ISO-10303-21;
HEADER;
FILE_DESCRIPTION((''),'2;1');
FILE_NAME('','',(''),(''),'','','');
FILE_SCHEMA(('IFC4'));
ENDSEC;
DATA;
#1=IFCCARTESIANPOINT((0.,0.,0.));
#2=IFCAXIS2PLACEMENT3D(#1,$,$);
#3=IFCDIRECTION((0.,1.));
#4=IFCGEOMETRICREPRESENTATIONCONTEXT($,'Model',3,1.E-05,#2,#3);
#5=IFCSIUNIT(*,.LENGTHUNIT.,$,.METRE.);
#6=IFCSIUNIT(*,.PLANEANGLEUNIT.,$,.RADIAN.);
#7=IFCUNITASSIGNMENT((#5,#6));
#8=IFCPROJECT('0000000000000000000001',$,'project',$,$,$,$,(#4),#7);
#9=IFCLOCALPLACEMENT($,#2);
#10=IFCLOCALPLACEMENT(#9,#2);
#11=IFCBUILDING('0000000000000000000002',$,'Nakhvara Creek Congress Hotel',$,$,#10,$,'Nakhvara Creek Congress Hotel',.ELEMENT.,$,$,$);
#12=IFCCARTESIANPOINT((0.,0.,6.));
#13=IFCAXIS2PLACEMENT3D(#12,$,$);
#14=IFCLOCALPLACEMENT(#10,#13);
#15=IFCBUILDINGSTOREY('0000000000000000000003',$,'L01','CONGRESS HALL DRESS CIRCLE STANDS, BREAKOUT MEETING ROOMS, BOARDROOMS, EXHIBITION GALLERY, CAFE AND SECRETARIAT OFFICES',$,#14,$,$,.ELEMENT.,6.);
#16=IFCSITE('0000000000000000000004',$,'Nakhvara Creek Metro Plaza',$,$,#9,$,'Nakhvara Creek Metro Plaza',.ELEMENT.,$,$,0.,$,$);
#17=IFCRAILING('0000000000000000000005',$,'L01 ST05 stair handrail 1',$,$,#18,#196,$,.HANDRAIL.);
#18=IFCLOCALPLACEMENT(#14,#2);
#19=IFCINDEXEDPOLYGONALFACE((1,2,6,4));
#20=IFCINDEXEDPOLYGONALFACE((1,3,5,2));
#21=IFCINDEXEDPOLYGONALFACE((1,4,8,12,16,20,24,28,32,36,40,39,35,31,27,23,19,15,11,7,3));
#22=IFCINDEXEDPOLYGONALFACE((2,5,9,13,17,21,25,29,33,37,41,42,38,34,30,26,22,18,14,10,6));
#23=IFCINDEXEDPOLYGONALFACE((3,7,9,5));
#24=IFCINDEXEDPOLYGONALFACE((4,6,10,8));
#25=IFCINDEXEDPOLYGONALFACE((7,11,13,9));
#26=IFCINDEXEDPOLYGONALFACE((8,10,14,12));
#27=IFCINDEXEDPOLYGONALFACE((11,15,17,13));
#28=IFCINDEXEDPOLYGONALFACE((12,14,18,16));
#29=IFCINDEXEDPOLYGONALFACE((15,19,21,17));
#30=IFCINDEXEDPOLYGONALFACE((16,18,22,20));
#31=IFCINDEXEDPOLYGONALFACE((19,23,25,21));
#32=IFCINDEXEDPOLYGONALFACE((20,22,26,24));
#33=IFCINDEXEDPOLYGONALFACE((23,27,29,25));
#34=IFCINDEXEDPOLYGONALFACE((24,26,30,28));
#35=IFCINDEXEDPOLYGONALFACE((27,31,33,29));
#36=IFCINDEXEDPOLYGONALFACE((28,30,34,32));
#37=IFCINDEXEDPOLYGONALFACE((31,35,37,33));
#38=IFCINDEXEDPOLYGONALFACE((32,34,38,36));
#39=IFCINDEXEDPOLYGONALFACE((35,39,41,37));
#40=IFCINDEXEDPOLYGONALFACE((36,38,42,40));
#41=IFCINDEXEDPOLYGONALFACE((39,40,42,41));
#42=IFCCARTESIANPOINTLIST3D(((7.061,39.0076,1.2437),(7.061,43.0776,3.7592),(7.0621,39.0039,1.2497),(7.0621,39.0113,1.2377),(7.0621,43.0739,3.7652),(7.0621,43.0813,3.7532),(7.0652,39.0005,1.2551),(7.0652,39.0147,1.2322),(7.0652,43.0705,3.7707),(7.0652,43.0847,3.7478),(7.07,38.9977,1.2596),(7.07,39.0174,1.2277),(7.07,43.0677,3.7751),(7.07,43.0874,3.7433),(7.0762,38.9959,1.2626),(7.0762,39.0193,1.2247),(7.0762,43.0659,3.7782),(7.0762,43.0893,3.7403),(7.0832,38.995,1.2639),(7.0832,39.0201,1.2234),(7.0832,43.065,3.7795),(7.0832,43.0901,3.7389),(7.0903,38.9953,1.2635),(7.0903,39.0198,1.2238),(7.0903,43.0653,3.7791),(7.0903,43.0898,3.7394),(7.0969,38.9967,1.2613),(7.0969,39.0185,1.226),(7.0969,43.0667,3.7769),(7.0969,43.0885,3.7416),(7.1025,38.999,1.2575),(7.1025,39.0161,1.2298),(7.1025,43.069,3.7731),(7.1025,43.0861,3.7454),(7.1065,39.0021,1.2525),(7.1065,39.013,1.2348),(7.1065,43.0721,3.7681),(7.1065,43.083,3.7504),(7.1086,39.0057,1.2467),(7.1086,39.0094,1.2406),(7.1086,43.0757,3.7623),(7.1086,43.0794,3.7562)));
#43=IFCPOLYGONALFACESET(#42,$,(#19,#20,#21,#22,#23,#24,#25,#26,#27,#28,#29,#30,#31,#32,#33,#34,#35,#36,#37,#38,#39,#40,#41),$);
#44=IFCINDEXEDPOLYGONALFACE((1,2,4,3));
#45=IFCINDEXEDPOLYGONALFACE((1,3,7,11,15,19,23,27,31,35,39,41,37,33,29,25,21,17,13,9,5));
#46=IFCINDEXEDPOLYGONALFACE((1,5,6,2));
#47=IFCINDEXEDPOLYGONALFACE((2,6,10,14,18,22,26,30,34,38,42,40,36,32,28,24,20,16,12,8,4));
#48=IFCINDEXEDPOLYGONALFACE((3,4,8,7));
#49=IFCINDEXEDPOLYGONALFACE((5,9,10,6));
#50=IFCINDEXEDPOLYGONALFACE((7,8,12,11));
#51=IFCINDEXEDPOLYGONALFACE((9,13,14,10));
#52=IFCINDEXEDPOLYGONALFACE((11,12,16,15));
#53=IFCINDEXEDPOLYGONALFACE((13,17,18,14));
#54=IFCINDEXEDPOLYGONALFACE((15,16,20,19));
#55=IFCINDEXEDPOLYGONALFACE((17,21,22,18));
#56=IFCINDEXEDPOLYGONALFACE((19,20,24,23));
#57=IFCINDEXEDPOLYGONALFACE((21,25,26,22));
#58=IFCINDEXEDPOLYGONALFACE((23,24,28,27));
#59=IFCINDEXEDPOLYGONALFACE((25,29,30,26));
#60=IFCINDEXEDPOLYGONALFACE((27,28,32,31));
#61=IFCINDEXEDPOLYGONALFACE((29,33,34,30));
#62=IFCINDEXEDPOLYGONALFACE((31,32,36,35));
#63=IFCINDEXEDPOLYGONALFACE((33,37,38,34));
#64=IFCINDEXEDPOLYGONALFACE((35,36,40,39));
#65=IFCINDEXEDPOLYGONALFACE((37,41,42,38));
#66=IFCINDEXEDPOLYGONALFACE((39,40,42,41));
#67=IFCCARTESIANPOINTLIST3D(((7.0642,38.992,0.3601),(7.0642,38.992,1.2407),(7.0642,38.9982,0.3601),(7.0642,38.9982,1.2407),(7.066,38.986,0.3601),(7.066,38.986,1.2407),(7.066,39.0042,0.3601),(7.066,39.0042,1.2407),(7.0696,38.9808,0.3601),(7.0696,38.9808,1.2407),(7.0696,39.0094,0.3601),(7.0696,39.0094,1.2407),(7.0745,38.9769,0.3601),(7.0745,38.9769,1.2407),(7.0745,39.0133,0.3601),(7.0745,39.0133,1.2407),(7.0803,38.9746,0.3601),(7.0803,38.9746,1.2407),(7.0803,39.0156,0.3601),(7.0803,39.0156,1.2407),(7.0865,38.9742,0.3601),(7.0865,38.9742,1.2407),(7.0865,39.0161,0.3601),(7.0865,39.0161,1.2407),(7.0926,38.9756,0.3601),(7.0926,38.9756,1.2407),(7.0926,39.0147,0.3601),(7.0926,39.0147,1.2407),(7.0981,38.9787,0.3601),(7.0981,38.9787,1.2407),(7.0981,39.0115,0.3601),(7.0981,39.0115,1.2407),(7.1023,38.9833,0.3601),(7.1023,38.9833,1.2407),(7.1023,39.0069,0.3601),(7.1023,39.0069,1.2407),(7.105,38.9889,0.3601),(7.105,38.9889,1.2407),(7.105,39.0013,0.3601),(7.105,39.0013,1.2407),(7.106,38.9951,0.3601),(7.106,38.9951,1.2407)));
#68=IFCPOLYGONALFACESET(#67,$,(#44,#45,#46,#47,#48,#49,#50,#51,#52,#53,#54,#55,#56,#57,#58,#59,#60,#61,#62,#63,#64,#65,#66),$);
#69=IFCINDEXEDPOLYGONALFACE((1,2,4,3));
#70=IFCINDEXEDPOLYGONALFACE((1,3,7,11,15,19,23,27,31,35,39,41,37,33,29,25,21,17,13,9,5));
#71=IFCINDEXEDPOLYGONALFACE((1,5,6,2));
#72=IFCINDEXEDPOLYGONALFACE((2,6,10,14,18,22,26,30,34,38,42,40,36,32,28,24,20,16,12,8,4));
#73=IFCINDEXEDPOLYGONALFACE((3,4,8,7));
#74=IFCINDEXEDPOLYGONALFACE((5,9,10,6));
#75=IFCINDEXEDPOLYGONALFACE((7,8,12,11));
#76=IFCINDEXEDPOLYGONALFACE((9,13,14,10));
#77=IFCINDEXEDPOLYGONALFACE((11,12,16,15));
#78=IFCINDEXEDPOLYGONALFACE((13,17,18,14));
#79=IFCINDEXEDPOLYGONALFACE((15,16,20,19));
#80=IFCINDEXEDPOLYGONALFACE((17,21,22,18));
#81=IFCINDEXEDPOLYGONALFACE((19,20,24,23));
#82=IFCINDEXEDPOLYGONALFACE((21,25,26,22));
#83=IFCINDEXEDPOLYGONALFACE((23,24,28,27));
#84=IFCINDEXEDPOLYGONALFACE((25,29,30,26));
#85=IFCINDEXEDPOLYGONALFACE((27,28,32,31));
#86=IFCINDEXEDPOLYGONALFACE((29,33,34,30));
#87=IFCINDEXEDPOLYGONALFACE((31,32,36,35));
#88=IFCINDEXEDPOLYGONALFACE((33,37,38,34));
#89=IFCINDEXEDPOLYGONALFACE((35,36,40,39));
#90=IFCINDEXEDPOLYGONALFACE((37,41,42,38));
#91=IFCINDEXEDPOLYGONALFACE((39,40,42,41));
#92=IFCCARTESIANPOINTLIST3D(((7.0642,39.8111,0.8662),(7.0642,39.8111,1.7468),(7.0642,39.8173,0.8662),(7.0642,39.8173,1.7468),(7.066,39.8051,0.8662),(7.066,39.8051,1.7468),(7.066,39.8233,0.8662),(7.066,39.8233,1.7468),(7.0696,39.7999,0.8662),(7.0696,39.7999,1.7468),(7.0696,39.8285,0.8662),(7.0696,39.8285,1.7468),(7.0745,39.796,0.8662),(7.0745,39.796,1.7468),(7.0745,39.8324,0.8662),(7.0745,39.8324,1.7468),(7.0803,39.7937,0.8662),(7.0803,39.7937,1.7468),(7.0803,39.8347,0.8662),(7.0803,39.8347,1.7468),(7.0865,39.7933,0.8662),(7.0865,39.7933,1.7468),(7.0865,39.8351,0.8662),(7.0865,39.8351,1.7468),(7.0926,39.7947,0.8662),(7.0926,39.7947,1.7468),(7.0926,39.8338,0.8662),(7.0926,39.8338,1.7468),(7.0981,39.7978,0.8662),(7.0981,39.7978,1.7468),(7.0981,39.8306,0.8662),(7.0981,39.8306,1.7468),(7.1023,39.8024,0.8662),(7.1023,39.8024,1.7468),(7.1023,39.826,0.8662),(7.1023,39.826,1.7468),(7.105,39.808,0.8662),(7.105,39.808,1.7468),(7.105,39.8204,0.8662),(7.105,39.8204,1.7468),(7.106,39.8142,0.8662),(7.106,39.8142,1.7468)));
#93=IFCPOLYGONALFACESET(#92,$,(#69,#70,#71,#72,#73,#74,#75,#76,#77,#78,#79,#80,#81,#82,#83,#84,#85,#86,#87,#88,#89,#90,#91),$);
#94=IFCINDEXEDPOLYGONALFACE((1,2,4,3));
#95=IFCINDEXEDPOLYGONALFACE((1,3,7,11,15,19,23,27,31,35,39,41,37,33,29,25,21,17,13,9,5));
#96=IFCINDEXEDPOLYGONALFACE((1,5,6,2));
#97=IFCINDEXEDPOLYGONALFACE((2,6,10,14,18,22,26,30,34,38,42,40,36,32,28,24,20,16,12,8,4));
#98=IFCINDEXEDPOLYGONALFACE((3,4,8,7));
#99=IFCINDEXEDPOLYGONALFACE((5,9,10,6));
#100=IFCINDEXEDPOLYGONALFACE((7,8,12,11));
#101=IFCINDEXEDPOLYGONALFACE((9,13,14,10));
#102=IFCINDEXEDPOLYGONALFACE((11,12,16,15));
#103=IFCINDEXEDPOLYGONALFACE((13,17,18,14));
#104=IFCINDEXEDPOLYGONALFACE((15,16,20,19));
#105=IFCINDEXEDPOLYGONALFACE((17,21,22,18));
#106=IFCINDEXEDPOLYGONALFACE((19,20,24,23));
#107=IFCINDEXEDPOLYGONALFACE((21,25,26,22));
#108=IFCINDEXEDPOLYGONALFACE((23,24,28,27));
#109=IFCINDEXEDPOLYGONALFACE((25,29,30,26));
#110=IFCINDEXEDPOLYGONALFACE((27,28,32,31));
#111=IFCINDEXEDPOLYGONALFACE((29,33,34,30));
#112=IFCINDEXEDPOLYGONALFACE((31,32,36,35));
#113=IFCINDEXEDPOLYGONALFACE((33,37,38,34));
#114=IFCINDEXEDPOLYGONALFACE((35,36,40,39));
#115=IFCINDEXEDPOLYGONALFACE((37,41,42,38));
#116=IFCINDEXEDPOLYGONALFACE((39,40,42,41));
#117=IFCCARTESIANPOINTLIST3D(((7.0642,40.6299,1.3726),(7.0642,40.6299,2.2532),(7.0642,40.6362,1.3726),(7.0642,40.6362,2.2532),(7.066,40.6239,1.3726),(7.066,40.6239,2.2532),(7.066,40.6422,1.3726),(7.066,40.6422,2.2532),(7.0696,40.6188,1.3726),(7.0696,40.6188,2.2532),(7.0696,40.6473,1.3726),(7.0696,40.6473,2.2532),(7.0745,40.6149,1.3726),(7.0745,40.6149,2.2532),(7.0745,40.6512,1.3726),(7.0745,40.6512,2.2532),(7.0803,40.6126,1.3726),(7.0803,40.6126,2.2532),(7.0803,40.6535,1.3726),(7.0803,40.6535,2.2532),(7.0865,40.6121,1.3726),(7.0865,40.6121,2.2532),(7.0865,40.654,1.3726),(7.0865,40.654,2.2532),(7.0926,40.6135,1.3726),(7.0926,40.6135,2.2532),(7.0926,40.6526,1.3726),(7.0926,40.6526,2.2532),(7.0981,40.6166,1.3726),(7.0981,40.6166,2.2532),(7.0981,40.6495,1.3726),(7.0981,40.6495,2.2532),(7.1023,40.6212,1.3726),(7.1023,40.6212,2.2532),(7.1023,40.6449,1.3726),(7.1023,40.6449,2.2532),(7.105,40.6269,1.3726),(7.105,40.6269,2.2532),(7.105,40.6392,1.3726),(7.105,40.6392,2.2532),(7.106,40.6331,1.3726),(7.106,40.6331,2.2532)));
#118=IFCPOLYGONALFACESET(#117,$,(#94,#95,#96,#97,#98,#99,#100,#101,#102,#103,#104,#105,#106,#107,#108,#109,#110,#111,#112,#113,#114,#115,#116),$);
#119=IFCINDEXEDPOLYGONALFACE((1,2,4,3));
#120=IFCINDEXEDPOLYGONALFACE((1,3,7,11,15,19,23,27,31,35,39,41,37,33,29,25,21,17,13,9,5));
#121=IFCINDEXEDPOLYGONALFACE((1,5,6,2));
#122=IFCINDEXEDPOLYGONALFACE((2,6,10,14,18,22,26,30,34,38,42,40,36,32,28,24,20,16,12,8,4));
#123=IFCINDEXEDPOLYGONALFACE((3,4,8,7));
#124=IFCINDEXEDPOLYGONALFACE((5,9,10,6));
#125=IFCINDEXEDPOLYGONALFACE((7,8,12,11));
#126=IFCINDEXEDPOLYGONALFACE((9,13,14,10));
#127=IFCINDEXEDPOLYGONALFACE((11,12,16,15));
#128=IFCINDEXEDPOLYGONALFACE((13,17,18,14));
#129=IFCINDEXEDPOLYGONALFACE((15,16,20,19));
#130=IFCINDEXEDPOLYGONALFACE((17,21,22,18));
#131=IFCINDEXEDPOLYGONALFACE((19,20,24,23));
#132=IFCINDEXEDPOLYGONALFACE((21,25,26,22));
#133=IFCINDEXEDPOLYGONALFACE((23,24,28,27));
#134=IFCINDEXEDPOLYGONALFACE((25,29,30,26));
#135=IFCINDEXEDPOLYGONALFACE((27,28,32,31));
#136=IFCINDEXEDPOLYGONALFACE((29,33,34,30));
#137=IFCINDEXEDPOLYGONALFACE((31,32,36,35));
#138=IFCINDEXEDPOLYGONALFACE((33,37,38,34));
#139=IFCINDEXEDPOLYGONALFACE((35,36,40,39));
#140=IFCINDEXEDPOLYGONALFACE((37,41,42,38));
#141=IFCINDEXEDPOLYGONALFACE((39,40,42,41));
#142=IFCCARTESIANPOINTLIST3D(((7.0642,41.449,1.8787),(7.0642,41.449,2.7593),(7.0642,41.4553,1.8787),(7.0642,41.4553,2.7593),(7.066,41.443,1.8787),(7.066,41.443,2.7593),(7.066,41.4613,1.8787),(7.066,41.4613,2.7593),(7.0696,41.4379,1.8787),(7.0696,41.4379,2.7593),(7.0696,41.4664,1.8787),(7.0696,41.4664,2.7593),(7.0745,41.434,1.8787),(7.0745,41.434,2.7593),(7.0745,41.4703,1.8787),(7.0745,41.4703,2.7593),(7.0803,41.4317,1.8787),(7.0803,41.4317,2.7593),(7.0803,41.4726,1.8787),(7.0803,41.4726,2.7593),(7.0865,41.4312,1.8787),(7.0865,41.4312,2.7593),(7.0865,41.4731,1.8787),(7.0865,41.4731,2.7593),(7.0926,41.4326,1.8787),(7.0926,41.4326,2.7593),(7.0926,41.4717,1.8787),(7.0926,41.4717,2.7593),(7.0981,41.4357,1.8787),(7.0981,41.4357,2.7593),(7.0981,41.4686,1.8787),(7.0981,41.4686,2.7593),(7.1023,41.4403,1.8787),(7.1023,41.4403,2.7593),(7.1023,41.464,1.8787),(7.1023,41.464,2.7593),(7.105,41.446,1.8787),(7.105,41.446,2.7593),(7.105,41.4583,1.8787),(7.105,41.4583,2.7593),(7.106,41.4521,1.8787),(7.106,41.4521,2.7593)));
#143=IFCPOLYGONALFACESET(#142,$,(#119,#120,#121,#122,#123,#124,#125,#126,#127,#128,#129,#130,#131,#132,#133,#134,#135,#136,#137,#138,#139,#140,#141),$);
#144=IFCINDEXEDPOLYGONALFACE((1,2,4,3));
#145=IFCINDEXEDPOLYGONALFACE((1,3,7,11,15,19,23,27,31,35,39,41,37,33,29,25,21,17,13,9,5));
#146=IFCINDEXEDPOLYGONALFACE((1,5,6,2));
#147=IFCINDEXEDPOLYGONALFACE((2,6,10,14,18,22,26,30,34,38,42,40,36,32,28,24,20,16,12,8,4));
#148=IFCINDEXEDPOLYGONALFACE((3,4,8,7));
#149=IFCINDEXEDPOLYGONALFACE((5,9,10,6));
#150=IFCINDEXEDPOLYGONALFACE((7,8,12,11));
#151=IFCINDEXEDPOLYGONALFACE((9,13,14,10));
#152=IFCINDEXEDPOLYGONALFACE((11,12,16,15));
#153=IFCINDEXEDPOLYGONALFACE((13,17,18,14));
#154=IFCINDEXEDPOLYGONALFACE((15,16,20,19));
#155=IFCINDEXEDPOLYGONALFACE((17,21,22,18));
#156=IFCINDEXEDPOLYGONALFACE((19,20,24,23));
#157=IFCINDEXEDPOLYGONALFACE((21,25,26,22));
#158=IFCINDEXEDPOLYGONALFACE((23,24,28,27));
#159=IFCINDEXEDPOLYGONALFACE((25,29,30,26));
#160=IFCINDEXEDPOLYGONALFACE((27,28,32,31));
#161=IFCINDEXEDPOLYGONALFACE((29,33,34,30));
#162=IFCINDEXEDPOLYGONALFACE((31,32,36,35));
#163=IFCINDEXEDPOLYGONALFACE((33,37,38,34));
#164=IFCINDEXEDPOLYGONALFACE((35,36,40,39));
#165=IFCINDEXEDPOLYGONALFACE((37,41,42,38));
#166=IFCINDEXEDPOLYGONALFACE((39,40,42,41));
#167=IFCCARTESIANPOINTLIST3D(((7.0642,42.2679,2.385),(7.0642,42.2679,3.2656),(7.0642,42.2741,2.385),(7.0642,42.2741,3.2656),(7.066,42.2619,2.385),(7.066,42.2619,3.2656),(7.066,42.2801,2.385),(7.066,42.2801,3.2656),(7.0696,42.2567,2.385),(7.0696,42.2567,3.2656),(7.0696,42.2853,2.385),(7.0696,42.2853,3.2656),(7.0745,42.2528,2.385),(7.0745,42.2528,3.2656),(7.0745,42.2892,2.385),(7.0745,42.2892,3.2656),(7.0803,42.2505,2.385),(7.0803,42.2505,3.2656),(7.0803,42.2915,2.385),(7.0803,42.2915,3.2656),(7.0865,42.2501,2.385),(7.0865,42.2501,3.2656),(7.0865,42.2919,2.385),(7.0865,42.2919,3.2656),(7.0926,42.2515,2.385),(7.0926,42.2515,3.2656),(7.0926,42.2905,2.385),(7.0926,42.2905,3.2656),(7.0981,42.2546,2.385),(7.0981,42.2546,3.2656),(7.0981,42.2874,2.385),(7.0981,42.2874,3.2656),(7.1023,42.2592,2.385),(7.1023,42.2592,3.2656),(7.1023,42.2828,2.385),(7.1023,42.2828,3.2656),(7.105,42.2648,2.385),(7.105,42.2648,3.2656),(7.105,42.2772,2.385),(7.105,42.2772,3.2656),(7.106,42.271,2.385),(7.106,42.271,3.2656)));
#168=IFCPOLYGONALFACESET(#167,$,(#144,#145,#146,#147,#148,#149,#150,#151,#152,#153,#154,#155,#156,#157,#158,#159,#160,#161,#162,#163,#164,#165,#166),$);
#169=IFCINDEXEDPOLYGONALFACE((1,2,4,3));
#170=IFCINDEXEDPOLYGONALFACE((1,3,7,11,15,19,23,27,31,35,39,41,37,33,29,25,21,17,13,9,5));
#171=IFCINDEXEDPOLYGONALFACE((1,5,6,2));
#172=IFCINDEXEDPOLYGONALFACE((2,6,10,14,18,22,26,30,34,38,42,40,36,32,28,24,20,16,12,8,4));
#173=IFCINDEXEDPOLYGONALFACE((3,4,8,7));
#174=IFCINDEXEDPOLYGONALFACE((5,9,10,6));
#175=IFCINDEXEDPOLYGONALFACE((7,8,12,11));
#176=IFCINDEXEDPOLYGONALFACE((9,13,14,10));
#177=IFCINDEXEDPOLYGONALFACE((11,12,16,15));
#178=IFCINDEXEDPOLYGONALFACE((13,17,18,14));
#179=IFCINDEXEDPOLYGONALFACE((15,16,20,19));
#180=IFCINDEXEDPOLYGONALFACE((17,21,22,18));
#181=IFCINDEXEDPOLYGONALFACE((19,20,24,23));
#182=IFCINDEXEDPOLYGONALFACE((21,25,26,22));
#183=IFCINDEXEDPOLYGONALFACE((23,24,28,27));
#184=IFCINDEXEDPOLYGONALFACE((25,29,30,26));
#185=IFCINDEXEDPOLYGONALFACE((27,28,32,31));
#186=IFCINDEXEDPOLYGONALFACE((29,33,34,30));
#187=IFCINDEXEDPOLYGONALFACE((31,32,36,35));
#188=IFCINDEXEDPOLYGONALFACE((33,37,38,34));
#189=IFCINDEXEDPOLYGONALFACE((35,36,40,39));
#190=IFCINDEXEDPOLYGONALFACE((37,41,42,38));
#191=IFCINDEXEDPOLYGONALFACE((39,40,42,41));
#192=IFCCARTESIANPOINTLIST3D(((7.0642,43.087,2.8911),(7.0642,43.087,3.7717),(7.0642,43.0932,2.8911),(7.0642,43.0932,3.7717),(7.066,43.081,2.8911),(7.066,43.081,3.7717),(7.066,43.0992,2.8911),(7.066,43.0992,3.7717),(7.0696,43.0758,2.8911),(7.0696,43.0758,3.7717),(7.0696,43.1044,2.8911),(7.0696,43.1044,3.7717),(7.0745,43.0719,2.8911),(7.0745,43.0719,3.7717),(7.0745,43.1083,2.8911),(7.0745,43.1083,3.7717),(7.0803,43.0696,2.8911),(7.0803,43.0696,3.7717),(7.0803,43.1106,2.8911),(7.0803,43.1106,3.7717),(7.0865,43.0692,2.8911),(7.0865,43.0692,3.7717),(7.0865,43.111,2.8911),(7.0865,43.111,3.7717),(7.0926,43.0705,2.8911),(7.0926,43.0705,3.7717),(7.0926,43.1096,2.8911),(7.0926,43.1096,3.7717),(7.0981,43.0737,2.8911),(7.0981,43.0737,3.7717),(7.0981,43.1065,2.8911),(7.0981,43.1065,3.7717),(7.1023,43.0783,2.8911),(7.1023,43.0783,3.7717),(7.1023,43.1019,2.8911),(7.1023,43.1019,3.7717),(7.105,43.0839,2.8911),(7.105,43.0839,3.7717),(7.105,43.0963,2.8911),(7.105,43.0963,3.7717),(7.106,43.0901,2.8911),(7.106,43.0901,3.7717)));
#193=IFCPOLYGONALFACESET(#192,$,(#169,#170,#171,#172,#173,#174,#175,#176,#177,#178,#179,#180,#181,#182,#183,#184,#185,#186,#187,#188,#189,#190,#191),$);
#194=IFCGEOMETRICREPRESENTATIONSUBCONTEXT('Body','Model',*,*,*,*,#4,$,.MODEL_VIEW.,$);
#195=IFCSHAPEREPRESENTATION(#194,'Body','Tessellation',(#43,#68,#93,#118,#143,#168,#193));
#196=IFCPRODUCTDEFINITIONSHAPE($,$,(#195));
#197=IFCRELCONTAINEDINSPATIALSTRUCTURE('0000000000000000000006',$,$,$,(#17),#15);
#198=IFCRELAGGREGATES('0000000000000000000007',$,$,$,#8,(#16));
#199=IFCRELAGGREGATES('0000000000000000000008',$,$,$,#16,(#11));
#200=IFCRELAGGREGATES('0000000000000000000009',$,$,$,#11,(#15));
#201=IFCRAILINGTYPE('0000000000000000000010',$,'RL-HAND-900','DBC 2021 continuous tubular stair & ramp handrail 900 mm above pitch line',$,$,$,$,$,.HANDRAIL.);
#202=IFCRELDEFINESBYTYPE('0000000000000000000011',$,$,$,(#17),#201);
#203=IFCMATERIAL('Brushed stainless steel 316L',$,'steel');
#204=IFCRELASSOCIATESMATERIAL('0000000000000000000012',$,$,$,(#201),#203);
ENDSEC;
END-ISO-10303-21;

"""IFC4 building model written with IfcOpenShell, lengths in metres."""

from ifc_helpers import new_model, si_unit, direction, frame, origin, origin_2d, place, context, subcontext, project, spatial, circle, extrude, material, type_object, element, save


model = new_model("IFC4")

# Units and contexts
model_context = context("Model", 3, precision=1e-05, world=origin(), true_north=direction((0.0, 1.0)))
body_context = subcontext(model_context, "Body", "Model", "MODEL_VIEW")
ifc_project = project(units=[si_unit("LENGTHUNIT", "METRE"), si_unit("PLANEANGLEUNIT", "RADIAN")], contexts=[model_context])

# Site, building, storey
site_placement = place(None, origin())
site = spatial("IfcSite", under=ifc_project, at=site_placement, Name="Nakhvara Creek Metro Plaza", LongName="Nakhvara Creek Metro Plaza", CompositionType="ELEMENT", RefElevation=0.0)
building_placement = place(site_placement, origin())
building = spatial("IfcBuilding", under=site, at=building_placement, Name="Nakhvara Creek Congress Hotel", LongName="Nakhvara Creek Congress Hotel", CompositionType="ELEMENT")
storey_placement = place(building_placement, frame((0.0, 0.0, 6.0)))
storey = spatial("IfcBuildingStorey", under=building, at=storey_placement, Name="L01", Description="CONGRESS HALL DRESS CIRCLE STANDS, BREAKOUT MEETING ROOMS, BOARDROOMS, EXHIBITION GALLERY, CAFE AND SECRETARIAT OFFICES", CompositionType="ELEMENT", Elevation=6.0)

# Railing
ifc_material_1 = material(Name="Brushed stainless steel 316L", Category="steel")
railing_type_1 = type_object("IfcRailingType", Name="RL-HAND-900", Description="DBC 2021 continuous tubular stair & ramp handrail 900 mm above pitch line", PredefinedType="HANDRAIL", material=ifc_material_1)
railing_1_placement = place(storey_placement, frame((7.085, 38.9951, 0.3601)))
element("IfcRailing", 1, at=railing_1_placement, inside=storey, type_object=railing_type_1, Name="L01 ST05 stair handrail 1", PredefinedType="HANDRAIL", context=body_context, shape_type="SweptSolid", body=[
    extrude(circle(Radius=0.0239, at=origin_2d()), frame((0.0, 0.0125, 0.8835), z_axis=(0.0, 0.850635, 0.525757), x_axis=(-1.0, 0.0, 0.0)), (0.0, 0.0, 1.0), 4.7847),
    extrude(circle(Radius=0.021, at=origin_2d()), origin(), (0.0, 0.0, 1.0), 0.8806),
    extrude(circle(Radius=0.021, at=origin_2d()), frame((0.0, 0.8191, 0.5061)), (0.0, 0.0, 1.0), 0.8806),
    extrude(circle(Radius=0.021, at=origin_2d()), frame((0.0, 1.6379, 1.0125)), (0.0, 0.0, 1.0), 0.8806),
    extrude(circle(Radius=0.021, at=origin_2d()), frame((0.0, 2.457, 1.5186)), (0.0, 0.0, 1.0), 0.8806),
    extrude(circle(Radius=0.021, at=origin_2d()), frame((0.0, 3.2759, 2.0249)), (0.0, 0.0, 1.0), 0.8806),
    extrude(circle(Radius=0.021, at=origin_2d()), frame((0.0, 4.095, 2.531)), (0.0, 0.0, 1.0), 0.8806),
])

save(model, "model.ifc")
